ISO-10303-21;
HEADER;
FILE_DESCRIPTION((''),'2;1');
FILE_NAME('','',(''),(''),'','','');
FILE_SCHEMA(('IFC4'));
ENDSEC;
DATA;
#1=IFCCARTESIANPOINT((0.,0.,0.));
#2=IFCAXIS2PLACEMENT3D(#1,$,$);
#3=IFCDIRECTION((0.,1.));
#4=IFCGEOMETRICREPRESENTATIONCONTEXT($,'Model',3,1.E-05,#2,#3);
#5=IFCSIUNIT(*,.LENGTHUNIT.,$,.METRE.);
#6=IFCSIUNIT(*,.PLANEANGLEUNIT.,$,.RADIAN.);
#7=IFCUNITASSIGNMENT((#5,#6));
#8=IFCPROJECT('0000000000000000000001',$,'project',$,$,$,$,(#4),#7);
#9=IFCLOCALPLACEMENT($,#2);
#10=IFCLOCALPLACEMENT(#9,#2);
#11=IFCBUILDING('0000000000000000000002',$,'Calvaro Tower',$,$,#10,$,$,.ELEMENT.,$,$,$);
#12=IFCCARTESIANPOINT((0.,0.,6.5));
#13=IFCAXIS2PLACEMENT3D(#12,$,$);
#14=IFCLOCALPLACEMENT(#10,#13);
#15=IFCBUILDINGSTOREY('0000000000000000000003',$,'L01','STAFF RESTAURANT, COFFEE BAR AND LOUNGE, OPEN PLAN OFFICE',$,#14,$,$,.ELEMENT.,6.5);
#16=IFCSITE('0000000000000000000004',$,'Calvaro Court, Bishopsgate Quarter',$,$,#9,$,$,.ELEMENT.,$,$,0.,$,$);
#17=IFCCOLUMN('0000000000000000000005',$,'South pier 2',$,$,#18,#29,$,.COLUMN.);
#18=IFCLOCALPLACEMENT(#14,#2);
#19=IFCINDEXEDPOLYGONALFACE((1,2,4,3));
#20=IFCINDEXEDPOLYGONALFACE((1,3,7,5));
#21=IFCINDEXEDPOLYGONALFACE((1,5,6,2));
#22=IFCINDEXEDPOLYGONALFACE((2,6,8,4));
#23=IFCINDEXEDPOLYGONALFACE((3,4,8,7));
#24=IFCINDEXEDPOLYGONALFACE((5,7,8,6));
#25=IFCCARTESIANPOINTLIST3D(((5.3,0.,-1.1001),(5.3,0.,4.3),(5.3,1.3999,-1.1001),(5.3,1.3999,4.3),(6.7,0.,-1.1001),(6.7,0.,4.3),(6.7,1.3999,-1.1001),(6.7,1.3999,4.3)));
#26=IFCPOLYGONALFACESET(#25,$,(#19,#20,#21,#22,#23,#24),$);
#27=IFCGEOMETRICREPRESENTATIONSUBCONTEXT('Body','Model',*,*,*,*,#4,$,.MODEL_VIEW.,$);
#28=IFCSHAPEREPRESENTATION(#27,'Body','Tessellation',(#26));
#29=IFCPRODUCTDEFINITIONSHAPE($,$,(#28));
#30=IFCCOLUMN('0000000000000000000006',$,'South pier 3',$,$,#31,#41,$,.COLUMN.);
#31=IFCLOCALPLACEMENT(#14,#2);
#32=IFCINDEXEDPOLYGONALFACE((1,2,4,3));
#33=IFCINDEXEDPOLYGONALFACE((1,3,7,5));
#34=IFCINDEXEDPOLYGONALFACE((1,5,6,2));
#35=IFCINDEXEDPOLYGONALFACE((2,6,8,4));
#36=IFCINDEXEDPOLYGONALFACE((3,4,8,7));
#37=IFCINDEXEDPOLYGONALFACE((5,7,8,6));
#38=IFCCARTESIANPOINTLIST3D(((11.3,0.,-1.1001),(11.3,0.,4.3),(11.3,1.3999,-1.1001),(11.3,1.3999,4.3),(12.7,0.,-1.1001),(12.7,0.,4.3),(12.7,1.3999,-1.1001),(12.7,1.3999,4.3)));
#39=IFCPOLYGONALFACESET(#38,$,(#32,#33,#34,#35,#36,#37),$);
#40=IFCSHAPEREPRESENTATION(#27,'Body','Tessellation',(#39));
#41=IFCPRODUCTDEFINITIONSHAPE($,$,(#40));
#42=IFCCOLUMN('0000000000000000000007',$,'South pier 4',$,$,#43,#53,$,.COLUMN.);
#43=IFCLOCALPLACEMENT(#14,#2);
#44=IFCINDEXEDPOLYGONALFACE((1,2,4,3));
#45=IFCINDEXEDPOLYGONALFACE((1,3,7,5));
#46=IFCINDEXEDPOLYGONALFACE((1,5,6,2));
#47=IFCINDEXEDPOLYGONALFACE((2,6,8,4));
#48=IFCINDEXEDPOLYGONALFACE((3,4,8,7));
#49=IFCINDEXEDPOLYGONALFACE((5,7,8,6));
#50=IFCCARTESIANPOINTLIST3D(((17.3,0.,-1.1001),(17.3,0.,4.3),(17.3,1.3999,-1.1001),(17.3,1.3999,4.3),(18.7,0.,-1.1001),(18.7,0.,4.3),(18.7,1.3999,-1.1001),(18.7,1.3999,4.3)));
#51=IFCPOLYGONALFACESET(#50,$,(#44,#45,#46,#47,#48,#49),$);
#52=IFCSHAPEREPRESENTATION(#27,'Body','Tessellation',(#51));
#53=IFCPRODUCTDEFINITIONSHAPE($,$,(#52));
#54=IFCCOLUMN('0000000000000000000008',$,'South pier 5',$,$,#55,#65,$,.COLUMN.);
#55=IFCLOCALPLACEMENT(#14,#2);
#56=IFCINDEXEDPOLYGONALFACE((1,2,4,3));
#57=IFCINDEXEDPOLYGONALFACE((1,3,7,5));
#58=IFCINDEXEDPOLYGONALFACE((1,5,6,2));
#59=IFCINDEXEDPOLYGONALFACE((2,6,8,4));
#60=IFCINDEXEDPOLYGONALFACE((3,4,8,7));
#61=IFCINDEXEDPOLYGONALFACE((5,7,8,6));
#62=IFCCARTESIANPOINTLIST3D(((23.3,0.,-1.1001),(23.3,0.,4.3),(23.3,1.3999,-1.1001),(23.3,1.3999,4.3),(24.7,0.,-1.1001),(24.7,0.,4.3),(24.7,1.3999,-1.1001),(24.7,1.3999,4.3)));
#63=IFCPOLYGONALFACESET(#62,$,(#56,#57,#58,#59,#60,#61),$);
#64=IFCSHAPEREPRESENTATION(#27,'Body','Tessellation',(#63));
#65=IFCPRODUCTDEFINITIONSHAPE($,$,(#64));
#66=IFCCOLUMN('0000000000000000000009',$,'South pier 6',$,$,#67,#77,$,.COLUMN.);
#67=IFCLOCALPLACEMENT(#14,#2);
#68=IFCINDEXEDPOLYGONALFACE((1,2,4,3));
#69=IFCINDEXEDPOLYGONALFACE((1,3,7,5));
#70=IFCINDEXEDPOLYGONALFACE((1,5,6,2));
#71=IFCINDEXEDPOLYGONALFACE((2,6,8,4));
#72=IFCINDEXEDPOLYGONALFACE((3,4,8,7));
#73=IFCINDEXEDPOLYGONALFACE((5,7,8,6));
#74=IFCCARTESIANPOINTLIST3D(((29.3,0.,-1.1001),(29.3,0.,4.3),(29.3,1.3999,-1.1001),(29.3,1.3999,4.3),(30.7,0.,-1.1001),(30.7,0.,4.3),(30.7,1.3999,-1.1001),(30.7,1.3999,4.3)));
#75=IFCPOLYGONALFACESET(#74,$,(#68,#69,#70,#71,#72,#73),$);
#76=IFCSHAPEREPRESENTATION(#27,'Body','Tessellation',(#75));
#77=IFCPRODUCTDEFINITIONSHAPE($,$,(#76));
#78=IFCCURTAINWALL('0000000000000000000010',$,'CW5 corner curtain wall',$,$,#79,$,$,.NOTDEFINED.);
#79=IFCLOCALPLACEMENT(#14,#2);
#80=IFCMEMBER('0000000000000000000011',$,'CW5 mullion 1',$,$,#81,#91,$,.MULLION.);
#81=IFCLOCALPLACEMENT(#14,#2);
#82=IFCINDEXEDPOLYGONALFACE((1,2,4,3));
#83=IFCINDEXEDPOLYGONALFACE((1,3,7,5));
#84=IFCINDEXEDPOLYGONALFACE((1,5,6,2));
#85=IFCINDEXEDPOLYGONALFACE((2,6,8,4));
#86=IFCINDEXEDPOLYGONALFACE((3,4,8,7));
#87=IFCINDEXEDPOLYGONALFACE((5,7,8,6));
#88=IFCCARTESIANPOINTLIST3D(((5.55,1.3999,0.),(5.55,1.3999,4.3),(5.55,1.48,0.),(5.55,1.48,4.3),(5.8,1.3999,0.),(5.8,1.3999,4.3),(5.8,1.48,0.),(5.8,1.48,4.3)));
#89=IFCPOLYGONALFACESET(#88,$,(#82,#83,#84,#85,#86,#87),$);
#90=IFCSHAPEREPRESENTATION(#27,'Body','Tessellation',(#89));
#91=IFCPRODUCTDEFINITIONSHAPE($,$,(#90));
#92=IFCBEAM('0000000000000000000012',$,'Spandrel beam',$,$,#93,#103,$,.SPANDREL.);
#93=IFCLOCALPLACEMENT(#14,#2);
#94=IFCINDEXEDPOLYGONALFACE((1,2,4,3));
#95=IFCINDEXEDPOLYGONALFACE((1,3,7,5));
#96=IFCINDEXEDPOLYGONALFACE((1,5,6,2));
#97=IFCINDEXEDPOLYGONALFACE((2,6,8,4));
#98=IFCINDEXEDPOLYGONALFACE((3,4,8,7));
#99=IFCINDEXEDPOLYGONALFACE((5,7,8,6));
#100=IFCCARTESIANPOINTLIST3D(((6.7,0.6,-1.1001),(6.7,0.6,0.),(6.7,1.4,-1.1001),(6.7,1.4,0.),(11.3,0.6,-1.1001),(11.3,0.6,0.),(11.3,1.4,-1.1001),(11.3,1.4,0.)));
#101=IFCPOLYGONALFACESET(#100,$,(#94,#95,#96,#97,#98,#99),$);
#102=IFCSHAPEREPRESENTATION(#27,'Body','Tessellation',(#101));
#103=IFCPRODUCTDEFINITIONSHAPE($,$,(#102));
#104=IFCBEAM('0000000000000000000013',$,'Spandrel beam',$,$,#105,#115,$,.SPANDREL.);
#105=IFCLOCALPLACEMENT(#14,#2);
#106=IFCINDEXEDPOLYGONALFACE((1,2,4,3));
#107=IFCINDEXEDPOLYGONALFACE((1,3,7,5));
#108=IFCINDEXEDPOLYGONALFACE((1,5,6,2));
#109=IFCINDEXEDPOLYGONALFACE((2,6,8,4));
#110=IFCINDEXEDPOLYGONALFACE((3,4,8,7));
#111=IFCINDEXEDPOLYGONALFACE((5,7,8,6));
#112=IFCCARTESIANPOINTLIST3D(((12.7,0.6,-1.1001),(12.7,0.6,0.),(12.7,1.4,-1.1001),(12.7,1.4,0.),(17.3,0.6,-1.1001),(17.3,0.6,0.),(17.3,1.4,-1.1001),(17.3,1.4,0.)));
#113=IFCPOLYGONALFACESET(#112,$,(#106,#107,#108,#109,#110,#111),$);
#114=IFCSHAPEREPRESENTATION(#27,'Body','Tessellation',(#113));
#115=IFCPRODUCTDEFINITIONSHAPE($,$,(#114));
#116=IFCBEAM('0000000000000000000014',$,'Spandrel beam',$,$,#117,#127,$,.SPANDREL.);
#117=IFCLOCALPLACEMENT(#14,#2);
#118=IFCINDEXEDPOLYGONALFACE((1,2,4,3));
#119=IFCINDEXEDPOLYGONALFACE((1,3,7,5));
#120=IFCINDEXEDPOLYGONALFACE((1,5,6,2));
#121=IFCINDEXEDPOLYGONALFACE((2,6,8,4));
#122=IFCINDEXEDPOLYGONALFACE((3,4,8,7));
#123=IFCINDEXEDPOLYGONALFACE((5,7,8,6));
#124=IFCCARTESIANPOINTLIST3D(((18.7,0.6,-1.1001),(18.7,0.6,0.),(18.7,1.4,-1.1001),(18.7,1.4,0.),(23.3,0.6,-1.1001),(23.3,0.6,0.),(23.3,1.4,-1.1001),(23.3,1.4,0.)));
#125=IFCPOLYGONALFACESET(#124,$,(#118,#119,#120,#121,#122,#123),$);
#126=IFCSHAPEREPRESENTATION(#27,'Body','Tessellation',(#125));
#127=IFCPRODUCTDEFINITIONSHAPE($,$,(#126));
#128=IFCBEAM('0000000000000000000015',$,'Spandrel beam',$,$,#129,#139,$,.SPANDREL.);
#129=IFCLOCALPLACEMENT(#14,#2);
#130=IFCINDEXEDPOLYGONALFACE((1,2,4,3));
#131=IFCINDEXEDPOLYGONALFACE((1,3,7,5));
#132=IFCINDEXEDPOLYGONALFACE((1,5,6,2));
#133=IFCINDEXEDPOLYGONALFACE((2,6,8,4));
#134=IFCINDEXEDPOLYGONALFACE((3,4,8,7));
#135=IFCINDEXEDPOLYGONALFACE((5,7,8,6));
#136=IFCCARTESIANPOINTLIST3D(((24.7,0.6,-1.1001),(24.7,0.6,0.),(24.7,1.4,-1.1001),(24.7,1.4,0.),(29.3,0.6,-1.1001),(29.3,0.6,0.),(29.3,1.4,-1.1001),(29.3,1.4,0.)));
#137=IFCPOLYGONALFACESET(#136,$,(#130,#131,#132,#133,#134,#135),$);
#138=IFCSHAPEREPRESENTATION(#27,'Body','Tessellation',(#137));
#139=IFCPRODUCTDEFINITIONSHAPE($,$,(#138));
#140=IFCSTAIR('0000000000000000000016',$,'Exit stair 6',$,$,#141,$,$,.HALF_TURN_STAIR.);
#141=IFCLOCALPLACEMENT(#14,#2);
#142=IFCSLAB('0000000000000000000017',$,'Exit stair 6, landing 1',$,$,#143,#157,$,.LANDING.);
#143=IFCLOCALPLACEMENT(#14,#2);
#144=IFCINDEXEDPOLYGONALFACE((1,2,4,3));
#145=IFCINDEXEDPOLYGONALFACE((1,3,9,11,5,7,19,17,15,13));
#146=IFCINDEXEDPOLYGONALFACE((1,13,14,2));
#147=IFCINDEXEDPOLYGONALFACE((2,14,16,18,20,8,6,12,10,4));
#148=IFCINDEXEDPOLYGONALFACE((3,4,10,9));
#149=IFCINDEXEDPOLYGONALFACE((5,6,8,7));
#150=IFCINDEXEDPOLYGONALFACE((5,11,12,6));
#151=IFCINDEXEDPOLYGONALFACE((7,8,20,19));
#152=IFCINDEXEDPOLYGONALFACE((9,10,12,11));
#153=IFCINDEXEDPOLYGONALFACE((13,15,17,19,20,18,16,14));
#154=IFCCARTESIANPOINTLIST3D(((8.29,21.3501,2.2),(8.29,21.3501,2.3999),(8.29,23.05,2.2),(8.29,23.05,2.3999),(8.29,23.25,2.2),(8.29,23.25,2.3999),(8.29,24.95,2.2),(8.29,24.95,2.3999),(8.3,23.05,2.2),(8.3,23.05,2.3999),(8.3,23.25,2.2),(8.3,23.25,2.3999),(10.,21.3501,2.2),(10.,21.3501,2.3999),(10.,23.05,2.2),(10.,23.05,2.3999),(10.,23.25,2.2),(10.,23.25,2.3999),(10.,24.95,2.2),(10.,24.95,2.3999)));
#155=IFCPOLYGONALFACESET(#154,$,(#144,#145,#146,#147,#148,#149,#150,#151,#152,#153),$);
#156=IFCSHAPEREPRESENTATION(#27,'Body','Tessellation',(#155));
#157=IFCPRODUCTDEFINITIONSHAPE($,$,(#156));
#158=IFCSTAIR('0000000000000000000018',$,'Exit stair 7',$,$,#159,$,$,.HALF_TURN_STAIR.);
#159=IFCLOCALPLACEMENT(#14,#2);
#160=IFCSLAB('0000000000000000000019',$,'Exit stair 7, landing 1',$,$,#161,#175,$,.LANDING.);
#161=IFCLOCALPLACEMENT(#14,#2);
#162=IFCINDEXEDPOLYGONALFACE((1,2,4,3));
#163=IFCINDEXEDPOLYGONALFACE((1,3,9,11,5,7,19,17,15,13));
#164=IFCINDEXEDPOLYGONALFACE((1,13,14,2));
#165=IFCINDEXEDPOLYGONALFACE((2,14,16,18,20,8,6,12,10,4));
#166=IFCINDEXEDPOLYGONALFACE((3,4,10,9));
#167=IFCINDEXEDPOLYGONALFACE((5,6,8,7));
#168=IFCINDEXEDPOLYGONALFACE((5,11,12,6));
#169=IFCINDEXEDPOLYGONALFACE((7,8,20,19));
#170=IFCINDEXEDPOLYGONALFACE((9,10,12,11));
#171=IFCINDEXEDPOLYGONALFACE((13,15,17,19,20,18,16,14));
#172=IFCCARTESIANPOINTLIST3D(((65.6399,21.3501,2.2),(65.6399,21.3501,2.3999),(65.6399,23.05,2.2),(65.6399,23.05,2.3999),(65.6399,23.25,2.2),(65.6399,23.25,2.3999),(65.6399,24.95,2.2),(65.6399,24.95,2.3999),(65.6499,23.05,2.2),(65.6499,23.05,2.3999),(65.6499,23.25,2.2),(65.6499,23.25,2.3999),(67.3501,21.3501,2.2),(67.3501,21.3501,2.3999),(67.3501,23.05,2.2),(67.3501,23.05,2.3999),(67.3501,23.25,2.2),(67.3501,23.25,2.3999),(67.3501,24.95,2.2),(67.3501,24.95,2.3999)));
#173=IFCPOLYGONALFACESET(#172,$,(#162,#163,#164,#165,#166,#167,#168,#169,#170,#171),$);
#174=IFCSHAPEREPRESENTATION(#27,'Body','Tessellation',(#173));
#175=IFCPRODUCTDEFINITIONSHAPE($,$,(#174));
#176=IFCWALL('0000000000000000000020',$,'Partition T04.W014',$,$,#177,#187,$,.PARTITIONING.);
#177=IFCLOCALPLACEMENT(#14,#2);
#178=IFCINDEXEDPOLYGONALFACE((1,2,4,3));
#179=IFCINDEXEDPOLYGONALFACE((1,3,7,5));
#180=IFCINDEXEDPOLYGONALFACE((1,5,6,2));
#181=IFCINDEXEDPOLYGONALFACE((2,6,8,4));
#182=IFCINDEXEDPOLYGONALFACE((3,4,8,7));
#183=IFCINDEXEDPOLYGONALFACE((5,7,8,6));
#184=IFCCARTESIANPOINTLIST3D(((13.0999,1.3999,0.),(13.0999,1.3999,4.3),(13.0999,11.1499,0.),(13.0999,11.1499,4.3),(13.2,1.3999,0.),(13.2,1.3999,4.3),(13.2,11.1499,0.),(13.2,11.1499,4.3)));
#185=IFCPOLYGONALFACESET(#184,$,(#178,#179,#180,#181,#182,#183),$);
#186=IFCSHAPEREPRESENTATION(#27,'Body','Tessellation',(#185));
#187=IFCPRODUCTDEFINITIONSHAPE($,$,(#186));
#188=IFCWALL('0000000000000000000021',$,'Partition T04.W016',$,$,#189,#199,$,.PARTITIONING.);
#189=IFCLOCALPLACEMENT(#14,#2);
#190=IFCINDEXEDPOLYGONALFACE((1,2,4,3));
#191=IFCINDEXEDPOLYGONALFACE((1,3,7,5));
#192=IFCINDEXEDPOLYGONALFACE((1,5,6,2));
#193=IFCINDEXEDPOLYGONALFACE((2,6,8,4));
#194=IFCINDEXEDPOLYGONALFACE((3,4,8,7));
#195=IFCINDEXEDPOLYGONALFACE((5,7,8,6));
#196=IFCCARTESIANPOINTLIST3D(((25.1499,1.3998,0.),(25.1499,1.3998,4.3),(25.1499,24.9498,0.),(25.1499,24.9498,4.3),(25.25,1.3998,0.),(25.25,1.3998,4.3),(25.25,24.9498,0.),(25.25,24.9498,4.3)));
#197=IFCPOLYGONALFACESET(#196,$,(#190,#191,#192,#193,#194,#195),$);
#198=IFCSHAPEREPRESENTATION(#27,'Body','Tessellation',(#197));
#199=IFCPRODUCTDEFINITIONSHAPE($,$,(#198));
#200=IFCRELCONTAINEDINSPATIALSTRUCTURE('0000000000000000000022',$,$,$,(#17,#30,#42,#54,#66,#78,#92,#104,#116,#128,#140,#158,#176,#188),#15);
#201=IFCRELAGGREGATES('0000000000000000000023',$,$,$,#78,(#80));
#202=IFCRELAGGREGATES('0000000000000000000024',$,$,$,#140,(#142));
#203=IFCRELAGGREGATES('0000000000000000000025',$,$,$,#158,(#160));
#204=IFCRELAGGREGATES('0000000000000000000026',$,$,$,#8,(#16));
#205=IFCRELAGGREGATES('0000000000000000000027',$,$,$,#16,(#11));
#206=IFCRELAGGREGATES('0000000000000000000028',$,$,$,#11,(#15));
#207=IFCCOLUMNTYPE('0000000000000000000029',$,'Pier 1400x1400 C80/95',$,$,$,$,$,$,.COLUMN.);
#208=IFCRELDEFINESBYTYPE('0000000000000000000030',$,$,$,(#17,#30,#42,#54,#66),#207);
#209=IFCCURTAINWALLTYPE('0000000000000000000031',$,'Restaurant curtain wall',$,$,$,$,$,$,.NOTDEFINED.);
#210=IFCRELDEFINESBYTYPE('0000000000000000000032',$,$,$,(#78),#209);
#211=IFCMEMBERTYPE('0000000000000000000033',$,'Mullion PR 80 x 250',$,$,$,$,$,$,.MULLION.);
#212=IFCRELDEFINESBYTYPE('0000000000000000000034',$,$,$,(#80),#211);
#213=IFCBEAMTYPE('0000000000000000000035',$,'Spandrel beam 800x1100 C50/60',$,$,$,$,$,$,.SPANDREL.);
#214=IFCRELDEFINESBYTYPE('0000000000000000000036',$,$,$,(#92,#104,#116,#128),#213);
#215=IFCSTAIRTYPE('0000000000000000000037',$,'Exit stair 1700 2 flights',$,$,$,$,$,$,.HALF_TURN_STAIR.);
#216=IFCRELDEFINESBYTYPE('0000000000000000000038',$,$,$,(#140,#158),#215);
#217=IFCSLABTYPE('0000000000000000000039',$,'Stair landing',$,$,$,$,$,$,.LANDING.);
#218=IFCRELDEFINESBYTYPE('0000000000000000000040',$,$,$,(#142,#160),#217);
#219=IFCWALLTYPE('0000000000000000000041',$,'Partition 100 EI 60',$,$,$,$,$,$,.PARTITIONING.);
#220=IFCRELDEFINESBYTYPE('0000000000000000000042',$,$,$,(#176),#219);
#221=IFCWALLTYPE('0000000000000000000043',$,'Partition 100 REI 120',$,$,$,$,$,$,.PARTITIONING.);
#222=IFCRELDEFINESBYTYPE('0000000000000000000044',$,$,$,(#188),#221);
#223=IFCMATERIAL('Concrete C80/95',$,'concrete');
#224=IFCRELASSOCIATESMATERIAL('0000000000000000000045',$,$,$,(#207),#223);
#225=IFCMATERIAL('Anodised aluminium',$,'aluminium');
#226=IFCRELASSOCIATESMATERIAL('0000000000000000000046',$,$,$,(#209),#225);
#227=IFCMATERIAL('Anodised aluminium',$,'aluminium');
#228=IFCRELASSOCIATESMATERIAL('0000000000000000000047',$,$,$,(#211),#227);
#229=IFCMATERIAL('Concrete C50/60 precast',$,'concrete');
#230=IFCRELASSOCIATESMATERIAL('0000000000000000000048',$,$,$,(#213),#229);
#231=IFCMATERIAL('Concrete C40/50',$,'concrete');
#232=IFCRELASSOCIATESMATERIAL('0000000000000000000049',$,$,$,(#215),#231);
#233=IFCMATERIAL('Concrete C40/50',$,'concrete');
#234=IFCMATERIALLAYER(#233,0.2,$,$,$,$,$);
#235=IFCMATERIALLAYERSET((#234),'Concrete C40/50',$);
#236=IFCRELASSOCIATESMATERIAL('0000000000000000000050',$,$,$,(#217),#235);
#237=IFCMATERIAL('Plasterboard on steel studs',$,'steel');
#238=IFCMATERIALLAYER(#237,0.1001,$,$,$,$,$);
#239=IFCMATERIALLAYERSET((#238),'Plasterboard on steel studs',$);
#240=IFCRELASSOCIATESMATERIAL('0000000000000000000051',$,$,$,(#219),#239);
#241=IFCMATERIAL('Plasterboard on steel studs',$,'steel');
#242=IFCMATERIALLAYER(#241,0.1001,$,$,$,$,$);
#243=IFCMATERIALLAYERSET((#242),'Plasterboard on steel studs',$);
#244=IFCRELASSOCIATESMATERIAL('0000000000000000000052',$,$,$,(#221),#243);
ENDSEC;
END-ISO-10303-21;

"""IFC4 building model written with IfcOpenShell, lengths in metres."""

from ifc_helpers import new_model, si_unit, direction, frame, frame_2d, origin, origin_2d, place, context, subcontext, project, spatial, polyline, rectangle, outline, extrude, material, layer, layer_set, material_profile, profile_set, type_object, element, aggregate, save


model = new_model("IFC4")

# Units and contexts
model_context = context("Model", 3, precision=1e-05, world=origin(), true_north=direction((0.0, 1.0)))
body_context = subcontext(model_context, "Body", "Model", "MODEL_VIEW")
ifc_project = project(units=[si_unit("LENGTHUNIT", "METRE"), si_unit("PLANEANGLEUNIT", "RADIAN")], contexts=[model_context])

# Site, building, storey
site_placement = place(None, origin())
site = spatial("IfcSite", under=ifc_project, at=site_placement, Name="Calvaro Court, Bishopsgate Quarter", CompositionType="ELEMENT", RefElevation=0.0)
building_placement = place(site_placement, origin())
building = spatial("IfcBuilding", under=site, at=building_placement, Name="Calvaro Tower", CompositionType="ELEMENT")
storey_placement = place(building_placement, frame((0.0, 0.0, 6.5)))
storey = spatial("IfcBuildingStorey", under=building, at=storey_placement, Name="L01", Description="STAFF RESTAURANT, COFFEE BAR AND LOUNGE, OPEN PLAN OFFICE", CompositionType="ELEMENT", Elevation=6.5)

# Columns
ifc_material_1 = material(Name="Concrete C80/95", Category="concrete")
ifc_material_profile_1 = material_profile(ifc_material_1, rectangle(XDim=1.3999, YDim=1.3999, at=origin_2d()), Name="RC 1400x1400")
ifc_profile_set_1 = profile_set([ifc_material_profile_1], Name="Concrete C80/95")
column_type = type_object("IfcColumnType", Name="Pier 1400x1400 C80/95", PredefinedType="COLUMN", material=ifc_profile_set_1)
for number, where, z_axis, x_axis, name in (
    (1, (6.0, 0.7, -1.1001), (0.0, 0.0, 1.0), (1.0, 0.0, 0.0), "South pier 2"),
    (2, (12.0, 0.7, -1.1001), (0.0, 0.0, 1.0), (1.0, 0.0, 0.0), "South pier 3"),
    (3, (18.0, 0.7, -1.1001), (0.0, 0.0, 1.0), (1.0, 0.0, 0.0), "South pier 4"),
    (4, (24.0, 0.7, -1.1001), (0.0, 0.0, 1.0), (1.0, 0.0, 0.0), "South pier 5"),
    (5, (30.0, 0.7, -1.1001), (0.0, 0.0, 1.0), (1.0, 0.0, 0.0), "South pier 6"),
):
    element("IfcColumn", number, at=place(storey_placement, frame(where, z_axis=z_axis, x_axis=x_axis)), inside=storey, type_object=column_type, Name=name, PredefinedType="COLUMN", context=body_context, shape_type="SweptSolid", body=[
        extrude(rectangle(XDim=1.3999, YDim=1.3999, at=origin_2d()), origin(), (0.0, 0.0, 1.0), 5.4001),
    ])

# Curtain wall, member
ifc_material_2 = material(Name="Anodised aluminium", Category="aluminium")
curtain_wall_type = type_object("IfcCurtainWallType", Name="Restaurant curtain wall", PredefinedType="NOTDEFINED", material=ifc_material_2)
curtain_wall_placement = place(storey_placement, origin())
curtain_wall = element("IfcCurtainWall", 6, at=curtain_wall_placement, inside=storey, type_object=curtain_wall_type, Name="CW5 corner curtain wall", PredefinedType="NOTDEFINED")
ifc_material_3 = material(Name="Anodised aluminium", Category="aluminium")
ifc_material_profile_2 = material_profile(ifc_material_3, rectangle(XDim=0.25, YDim=0.0801, at=origin_2d()), Name="Mullion PR 80 x 250")
ifc_profile_set_2 = profile_set([ifc_material_profile_2], Name="Anodised aluminium")
member_type = type_object("IfcMemberType", Name="Mullion PR 80 x 250", PredefinedType="MULLION", material=ifc_profile_set_2)
member_placement = place(storey_placement, frame((5.675, 1.4399, 0.0), z_axis=(0.0, 0.0, 1.0), x_axis=(-1.0, 0.0, 0.0)))
member = element("IfcMember", 7, at=member_placement, type_object=member_type, Name="CW5 mullion 1", PredefinedType="MULLION", context=body_context, shape_type="SweptSolid", body=[
    extrude(rectangle(XDim=0.25, YDim=0.0801, at=origin_2d()), origin(), (0.0, 0.0, 1.0), 4.3),
])
aggregate(curtain_wall, [member])

# Beams
ifc_material_4 = material(Name="Concrete C50/60 precast", Category="concrete")
ifc_material_profile_3 = material_profile(ifc_material_4, rectangle(XDim=0.8, YDim=1.1001, at=origin_2d()), Name="RC 800x1100")
ifc_profile_set_3 = profile_set([ifc_material_profile_3], Name="Concrete C50/60 precast")
beam_type = type_object("IfcBeamType", Name="Spandrel beam 800x1100 C50/60", PredefinedType="SPANDREL", material=ifc_profile_set_3)
for number, where, z_axis, x_axis, name in (
    (8, (6.7, 1.0, -0.55), (1.0, 0.0, 0.0), (0.0, 1.0, 0.0), "Spandrel beam"),
    (9, (12.7, 1.0, -0.55), (1.0, 0.0, 0.0), (0.0, 1.0, 0.0), "Spandrel beam"),
    (10, (18.7, 1.0, -0.55), (1.0, 0.0, 0.0), (0.0, 1.0, 0.0), "Spandrel beam"),
    (11, (24.7, 1.0, -0.55), (1.0, 0.0, 0.0), (0.0, 1.0, 0.0), "Spandrel beam"),
):
    element("IfcBeam", number, at=place(storey_placement, frame(where, z_axis=z_axis, x_axis=x_axis)), inside=storey, type_object=beam_type, Name=name, PredefinedType="SPANDREL", context=body_context, shape_type="SweptSolid", body=[
        extrude(rectangle(XDim=0.8, YDim=1.1001, at=origin_2d()), origin(), (0.0, 0.0, 1.0), 4.6001),
    ])

# Stairs, slabs
ifc_material_5 = material(Name="Concrete C40/50", Category="concrete")
stair_type = type_object("IfcStairType", Name="Exit stair 1700 2 flights", PredefinedType="HALF_TURN_STAIR", material=ifc_material_5)
stair_1_placement = place(storey_placement, origin())
stair_1 = element("IfcStair", 12, at=stair_1_placement, inside=storey, type_object=stair_type, Name="Exit stair 6", PredefinedType="HALF_TURN_STAIR")
ifc_material_6 = material(Name="Concrete C40/50", Category="concrete")
ifc_layer_1 = layer(ifc_material_6, 0.2)
ifc_layer_set_1 = layer_set([ifc_layer_1], Name="Concrete C40/50")
slab_type = type_object("IfcSlabType", Name="Stair landing", PredefinedType="LANDING", material=ifc_layer_set_1)
slab_1_placement = place(storey_placement, frame((0.0, 0.0, 2.2)))
slab_1 = element("IfcSlab", 13, at=slab_1_placement, type_object=slab_type, Name="Exit stair 6, landing 1", PredefinedType="LANDING", context=body_context, shape_type="SweptSolid", body=[
    extrude(outline(polyline([(8.3, 23.05), (8.3, 23.25), (8.29, 23.25), (8.29, 24.95), (10.0, 24.95), (10.0, 24.95), (10.0, 23.25), (10.0, 23.05), (10.0, 21.3501), (10.0, 21.3501), (8.29, 21.3501), (8.29, 23.05), (8.3, 23.05)])), origin(), (0.0, 0.0, 1.0), 0.2),
])
aggregate(stair_1, [slab_1])
stair_2_placement = place(storey_placement, origin())
stair_2 = element("IfcStair", 14, at=stair_2_placement, inside=storey, type_object=stair_type, Name="Exit stair 7", PredefinedType="HALF_TURN_STAIR")
slab_2_placement = place(storey_placement, frame((0.0, 0.0, 2.2)))
slab_2 = element("IfcSlab", 15, at=slab_2_placement, type_object=slab_type, Name="Exit stair 7, landing 1", PredefinedType="LANDING", context=body_context, shape_type="SweptSolid", body=[
    extrude(outline(polyline([(65.6499, 23.05), (65.6499, 23.25), (65.6399, 23.25), (65.6399, 24.95), (67.3501, 24.95), (67.3501, 24.95), (67.3501, 23.25), (67.3501, 23.05), (67.3501, 21.3501), (67.3501, 21.3501), (65.6399, 21.3501), (65.6399, 23.05), (65.6499, 23.05)])), origin(), (0.0, 0.0, 1.0), 0.2),
])
aggregate(stair_2, [slab_2])

# Walls
ifc_material_7 = material(Name="Plasterboard on steel studs", Category="steel")
ifc_layer_2 = layer(ifc_material_7, 0.1001)
ifc_layer_set_2 = layer_set([ifc_layer_2], Name="Plasterboard on steel studs")
wall_type_1 = type_object("IfcWallType", Name="Partition 100 EI 60", PredefinedType="PARTITIONING", material=ifc_layer_set_2)
wall_1_placement = place(storey_placement, frame((13.1499, 1.3999, 0.0), z_axis=(0.0, 0.0, 1.0), x_axis=(0.0, 1.0, 0.0)))
element("IfcWall", 16, at=wall_1_placement, inside=storey, type_object=wall_type_1, Name="Partition T04.W014", PredefinedType="PARTITIONING", context=body_context, shape_type="SweptSolid", body=[
    extrude(rectangle(XDim=9.75, YDim=0.1001, at=frame_2d((4.875, 0.0))), origin(), (0.0, 0.0, 1.0), 4.3),
])
ifc_material_8 = material(Name="Plasterboard on steel studs", Category="steel")
ifc_layer_3 = layer(ifc_material_8, 0.1001)
ifc_layer_set_3 = layer_set([ifc_layer_3], Name="Plasterboard on steel studs")
wall_type_2 = type_object("IfcWallType", Name="Partition 100 REI 120", PredefinedType="PARTITIONING", material=ifc_layer_set_3)
wall_2_placement = place(storey_placement, frame((25.2, 1.3999, 0.0), z_axis=(0.0, 0.0, 1.0), x_axis=(0.0, 1.0, 0.0)))
element("IfcWall", 17, at=wall_2_placement, inside=storey, type_object=wall_type_2, Name="Partition T04.W016", PredefinedType="PARTITIONING", context=body_context, shape_type="SweptSolid", body=[
    extrude(rectangle(XDim=23.55, YDim=0.1001, at=frame_2d((11.7749, 0.0))), origin(), (0.0, 0.0, 1.0), 4.3),
])

save(model, "model.ifc")
